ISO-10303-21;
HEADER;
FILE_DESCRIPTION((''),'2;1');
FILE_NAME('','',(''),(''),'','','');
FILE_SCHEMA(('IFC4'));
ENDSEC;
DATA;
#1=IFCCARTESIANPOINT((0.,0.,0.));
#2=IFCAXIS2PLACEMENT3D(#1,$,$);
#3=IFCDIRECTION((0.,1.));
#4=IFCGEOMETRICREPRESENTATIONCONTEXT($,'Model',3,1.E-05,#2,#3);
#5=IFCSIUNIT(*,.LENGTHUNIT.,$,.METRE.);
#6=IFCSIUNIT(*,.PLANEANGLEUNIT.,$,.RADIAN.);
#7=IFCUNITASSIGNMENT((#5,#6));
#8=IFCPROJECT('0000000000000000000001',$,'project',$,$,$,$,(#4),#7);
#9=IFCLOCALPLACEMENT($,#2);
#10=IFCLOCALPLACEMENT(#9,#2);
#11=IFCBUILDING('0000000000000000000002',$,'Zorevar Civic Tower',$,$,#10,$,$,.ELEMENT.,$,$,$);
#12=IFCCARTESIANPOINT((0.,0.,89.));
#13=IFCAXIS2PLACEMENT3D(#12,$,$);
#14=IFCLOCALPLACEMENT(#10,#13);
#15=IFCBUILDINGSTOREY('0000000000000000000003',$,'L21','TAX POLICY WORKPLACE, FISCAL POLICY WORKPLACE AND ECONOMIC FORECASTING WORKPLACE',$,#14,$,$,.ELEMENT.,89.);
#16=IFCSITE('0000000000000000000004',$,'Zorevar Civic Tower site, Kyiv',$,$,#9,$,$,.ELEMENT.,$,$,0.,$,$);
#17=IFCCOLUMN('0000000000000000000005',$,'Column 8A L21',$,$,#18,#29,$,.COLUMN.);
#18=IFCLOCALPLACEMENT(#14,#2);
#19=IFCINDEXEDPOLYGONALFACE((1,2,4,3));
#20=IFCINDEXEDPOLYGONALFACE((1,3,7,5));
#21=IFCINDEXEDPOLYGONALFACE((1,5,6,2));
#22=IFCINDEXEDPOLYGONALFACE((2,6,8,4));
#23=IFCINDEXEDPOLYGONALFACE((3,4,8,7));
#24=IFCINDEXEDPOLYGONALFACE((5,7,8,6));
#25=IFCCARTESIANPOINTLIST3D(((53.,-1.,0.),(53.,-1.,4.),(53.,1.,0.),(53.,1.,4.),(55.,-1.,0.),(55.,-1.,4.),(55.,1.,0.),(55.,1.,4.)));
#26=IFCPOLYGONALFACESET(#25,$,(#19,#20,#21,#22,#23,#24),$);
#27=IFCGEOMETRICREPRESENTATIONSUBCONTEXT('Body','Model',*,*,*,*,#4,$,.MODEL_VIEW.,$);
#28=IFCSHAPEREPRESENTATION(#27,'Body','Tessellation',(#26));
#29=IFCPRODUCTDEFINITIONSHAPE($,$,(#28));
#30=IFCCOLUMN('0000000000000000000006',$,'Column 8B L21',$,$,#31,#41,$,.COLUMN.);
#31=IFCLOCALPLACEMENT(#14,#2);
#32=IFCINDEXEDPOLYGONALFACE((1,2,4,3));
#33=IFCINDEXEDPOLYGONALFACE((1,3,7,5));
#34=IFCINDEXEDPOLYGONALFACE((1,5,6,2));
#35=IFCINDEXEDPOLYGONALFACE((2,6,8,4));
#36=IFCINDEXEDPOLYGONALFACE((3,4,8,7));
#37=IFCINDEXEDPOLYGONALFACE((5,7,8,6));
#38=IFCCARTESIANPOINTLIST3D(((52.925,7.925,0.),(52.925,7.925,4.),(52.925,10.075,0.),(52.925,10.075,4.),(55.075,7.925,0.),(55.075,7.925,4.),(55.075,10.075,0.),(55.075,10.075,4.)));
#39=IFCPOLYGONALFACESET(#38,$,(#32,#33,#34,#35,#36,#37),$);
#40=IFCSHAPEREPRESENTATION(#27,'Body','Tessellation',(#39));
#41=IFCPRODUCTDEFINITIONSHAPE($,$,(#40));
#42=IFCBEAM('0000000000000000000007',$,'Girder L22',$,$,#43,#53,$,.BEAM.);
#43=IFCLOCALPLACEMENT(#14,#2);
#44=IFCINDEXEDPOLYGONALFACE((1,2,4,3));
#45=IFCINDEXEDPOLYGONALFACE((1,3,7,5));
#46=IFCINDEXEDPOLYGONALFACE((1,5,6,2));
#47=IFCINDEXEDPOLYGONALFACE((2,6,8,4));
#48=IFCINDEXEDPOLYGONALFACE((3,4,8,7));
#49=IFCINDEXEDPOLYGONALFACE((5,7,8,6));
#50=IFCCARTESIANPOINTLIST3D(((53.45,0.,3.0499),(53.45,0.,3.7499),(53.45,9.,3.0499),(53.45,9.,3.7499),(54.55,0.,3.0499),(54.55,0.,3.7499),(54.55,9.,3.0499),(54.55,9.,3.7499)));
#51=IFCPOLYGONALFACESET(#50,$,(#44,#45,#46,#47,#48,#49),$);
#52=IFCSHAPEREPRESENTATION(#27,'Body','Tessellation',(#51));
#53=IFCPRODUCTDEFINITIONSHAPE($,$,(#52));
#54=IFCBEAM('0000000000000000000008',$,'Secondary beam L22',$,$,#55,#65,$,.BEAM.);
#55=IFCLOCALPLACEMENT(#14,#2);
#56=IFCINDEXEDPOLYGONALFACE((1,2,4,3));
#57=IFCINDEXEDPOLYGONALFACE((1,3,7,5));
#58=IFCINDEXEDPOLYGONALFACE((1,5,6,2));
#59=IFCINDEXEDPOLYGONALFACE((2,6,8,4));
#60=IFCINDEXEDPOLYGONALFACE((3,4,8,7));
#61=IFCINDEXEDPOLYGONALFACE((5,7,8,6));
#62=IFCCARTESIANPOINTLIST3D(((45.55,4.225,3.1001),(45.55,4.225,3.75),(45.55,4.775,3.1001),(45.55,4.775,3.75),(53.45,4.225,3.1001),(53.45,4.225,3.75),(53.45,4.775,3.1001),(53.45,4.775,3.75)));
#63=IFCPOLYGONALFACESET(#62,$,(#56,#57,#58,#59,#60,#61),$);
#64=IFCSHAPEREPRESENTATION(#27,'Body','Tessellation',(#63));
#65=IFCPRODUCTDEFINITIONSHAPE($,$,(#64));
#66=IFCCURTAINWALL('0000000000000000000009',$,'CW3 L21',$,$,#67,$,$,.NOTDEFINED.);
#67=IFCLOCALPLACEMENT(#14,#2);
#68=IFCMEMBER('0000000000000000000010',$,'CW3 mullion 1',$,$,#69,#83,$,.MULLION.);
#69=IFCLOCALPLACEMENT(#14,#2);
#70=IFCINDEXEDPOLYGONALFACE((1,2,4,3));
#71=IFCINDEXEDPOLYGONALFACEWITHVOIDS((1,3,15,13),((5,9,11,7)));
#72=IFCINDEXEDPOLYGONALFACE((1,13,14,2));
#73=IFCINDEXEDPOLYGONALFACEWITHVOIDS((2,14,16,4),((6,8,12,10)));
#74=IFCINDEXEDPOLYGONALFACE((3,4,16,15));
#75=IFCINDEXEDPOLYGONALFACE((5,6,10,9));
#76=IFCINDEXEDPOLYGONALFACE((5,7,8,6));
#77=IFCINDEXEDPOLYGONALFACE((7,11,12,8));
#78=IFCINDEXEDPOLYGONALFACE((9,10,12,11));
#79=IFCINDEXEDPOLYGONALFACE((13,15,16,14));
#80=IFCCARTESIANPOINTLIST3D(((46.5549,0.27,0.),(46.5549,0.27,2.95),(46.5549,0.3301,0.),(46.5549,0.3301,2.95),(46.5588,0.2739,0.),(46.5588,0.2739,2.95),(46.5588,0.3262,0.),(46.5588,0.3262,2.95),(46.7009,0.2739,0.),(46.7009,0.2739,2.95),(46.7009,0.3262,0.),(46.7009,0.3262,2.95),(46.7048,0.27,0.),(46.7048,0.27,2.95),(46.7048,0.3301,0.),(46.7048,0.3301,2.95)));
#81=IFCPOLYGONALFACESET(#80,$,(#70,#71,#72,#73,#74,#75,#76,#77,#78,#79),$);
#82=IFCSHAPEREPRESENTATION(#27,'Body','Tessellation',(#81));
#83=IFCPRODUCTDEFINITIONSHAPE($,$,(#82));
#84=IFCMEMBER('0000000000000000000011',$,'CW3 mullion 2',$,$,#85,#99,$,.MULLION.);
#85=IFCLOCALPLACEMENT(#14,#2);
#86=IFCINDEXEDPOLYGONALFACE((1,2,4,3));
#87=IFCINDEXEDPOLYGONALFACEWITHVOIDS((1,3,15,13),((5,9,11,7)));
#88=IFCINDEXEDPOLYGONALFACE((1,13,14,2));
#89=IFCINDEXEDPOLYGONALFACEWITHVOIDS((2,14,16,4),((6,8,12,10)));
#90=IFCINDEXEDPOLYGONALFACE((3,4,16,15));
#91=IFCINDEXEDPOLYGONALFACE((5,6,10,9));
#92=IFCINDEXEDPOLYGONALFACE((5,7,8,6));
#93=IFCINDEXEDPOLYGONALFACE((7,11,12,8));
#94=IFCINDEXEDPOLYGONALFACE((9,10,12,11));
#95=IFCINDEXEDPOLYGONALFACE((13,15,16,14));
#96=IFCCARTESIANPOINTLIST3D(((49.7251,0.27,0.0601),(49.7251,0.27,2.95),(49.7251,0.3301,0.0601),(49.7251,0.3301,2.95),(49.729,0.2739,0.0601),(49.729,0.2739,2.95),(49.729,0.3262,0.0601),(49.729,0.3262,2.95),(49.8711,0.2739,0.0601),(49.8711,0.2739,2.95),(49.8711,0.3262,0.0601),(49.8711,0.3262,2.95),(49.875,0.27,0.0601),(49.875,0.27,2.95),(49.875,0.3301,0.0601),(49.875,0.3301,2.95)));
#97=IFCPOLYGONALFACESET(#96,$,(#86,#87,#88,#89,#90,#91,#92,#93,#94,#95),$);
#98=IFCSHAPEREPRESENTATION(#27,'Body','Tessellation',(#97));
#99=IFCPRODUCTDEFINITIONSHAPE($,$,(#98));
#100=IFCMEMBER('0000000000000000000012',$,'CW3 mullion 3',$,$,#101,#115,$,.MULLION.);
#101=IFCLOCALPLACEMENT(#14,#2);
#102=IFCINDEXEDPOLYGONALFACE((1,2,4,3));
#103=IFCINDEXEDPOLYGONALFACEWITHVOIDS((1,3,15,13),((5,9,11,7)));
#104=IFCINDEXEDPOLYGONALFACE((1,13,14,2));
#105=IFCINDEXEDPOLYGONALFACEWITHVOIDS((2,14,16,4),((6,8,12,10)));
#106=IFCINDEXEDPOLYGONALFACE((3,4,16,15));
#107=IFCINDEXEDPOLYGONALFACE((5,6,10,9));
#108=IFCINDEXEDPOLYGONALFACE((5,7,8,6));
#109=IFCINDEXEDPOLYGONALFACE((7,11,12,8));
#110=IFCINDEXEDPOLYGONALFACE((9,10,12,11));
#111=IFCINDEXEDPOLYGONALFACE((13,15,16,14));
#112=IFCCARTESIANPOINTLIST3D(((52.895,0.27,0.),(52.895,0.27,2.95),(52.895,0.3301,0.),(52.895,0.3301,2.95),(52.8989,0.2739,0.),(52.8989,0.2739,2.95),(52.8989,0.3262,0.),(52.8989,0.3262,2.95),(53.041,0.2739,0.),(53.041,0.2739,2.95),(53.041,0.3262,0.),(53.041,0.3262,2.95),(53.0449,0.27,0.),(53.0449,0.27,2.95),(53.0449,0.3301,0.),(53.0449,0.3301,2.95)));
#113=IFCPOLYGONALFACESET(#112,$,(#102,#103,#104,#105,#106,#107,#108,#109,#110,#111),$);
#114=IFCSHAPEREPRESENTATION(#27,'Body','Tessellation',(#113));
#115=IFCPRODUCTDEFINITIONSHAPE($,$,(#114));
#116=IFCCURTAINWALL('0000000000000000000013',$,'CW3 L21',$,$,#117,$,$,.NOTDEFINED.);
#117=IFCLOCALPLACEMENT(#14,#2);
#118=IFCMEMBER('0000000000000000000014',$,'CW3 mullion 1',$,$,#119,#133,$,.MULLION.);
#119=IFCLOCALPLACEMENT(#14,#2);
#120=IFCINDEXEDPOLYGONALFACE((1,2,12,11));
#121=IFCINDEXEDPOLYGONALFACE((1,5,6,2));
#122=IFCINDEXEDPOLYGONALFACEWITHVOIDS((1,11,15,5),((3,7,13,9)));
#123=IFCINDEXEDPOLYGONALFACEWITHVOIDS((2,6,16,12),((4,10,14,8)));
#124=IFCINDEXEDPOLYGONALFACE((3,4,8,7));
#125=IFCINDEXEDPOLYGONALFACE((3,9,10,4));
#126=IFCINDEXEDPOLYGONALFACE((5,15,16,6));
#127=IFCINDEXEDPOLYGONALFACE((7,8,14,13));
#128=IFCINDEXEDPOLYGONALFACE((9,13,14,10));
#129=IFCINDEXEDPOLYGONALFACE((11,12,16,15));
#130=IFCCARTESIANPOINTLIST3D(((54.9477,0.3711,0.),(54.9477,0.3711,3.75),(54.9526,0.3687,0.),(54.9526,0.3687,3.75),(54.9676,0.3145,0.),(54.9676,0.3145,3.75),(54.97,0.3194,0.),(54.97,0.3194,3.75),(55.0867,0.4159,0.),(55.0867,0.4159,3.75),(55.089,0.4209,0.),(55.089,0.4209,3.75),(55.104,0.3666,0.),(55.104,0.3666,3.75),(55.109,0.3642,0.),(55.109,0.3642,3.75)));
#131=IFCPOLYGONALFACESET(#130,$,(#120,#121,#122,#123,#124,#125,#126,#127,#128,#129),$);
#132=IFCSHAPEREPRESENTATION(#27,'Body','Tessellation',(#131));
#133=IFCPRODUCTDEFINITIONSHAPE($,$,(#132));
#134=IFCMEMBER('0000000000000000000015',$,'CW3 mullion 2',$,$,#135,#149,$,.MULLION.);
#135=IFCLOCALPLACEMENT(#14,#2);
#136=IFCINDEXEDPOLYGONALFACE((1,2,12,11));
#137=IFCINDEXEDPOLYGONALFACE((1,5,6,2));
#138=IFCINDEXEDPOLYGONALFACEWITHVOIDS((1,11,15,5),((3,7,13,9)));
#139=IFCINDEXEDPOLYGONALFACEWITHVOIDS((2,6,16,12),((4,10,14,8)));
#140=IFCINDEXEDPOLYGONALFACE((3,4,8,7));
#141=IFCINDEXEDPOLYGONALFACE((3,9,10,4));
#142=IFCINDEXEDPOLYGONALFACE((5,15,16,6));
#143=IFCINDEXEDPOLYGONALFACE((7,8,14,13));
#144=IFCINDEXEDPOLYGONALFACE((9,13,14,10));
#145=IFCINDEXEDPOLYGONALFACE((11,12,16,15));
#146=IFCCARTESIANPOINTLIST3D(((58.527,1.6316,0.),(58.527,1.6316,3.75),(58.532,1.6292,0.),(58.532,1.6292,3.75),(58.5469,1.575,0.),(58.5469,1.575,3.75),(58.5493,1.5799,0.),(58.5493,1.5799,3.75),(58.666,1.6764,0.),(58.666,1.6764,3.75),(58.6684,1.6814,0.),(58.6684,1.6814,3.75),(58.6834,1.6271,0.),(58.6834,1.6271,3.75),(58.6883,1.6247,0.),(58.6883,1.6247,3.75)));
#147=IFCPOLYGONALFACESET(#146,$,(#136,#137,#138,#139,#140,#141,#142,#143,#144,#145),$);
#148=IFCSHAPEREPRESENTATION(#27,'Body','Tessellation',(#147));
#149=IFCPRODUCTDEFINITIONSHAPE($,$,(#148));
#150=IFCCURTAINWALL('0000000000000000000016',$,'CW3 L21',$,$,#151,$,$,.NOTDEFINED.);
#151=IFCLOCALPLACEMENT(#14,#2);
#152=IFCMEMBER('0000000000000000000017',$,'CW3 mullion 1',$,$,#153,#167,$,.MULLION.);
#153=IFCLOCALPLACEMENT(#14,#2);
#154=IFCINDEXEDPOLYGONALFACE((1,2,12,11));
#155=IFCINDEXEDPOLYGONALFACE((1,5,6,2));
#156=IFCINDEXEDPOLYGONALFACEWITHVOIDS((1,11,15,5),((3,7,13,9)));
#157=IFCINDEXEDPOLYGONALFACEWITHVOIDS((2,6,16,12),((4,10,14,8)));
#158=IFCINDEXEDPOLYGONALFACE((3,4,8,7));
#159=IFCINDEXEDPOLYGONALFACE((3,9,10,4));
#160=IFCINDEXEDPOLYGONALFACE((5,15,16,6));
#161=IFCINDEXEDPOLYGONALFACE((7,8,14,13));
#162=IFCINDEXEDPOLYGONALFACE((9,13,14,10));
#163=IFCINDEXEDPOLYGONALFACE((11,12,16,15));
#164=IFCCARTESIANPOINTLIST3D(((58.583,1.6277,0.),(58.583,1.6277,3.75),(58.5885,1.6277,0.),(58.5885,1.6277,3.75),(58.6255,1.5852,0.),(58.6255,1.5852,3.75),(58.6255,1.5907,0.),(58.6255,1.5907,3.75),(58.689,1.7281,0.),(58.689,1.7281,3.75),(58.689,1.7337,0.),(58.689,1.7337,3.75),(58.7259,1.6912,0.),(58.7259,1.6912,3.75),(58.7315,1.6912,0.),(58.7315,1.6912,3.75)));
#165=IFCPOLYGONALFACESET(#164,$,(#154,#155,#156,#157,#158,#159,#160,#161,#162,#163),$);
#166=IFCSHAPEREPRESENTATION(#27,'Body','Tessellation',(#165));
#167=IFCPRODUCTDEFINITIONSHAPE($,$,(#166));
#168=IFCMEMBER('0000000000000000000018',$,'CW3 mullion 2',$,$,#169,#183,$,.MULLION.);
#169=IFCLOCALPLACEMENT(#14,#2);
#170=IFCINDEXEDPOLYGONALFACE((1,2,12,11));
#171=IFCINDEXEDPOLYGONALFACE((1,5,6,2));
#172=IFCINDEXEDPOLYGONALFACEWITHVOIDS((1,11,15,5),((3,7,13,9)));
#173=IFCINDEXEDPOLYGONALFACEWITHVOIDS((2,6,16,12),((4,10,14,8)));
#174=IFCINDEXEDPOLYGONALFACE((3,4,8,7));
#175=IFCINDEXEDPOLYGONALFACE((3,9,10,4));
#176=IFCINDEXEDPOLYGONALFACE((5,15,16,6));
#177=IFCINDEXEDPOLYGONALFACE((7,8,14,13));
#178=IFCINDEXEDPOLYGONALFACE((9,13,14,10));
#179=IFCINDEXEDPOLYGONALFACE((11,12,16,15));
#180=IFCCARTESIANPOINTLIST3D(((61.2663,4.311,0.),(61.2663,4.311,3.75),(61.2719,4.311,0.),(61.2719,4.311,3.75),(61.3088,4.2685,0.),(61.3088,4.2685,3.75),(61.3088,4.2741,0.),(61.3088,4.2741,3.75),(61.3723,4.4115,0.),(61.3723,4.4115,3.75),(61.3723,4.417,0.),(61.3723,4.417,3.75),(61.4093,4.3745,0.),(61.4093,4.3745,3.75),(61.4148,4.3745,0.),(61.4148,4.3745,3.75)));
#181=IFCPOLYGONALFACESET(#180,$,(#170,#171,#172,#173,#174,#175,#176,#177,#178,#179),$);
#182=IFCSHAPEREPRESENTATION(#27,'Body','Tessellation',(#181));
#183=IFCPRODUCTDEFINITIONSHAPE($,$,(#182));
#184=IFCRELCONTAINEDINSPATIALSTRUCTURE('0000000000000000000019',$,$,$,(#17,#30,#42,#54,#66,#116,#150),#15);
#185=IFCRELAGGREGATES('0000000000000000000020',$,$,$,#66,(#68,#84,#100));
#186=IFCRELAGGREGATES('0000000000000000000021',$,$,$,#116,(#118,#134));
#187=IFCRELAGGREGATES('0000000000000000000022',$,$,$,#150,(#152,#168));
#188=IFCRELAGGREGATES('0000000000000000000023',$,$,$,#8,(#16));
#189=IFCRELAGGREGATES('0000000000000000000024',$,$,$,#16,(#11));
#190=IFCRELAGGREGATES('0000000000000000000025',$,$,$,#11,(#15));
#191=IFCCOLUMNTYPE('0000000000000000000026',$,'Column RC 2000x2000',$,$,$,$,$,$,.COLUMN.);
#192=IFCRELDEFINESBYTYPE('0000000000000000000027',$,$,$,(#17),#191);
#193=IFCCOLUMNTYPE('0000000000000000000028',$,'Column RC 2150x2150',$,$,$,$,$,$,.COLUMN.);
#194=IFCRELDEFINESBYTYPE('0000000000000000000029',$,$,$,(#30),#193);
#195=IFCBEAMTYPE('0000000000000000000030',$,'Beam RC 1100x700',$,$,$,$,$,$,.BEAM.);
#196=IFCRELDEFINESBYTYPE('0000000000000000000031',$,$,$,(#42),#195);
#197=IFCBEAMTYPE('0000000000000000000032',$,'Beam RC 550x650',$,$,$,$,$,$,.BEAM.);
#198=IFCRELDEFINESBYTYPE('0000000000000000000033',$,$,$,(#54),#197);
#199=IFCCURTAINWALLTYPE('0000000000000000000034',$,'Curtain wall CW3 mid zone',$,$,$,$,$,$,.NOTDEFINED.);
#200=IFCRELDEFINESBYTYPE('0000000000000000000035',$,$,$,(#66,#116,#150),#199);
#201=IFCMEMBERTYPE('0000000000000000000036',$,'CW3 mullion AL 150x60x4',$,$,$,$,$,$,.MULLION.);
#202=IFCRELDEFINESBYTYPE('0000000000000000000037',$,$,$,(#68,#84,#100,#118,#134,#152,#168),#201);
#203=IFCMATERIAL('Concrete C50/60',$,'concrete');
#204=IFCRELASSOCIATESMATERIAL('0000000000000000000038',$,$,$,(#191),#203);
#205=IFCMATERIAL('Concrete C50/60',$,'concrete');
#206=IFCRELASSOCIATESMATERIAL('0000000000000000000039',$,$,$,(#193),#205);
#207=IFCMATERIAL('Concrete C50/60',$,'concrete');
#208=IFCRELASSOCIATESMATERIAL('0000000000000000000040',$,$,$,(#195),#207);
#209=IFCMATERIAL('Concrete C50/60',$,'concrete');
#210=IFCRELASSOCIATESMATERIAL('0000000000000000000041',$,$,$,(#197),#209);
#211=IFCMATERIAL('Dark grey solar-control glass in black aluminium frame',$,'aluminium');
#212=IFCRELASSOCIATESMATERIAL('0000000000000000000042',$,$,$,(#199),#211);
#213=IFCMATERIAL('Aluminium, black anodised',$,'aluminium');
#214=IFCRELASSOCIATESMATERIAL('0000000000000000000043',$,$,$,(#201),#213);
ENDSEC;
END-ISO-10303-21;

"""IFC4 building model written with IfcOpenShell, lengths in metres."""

from ifc_helpers import new_model, si_unit, direction, frame, origin, origin_2d, place, context, subcontext, project, spatial, rectangle, hollow_rectangle, extrude, material, material_profile, profile_set, type_object, element, aggregate, save


model = new_model("IFC4")

# Units and contexts
model_context = context("Model", 3, precision=1e-05, world=origin(), true_north=direction((0.0, 1.0)))
body_context = subcontext(model_context, "Body", "Model", "MODEL_VIEW")
ifc_project = project(units=[si_unit("LENGTHUNIT", "METRE"), si_unit("PLANEANGLEUNIT", "RADIAN")], contexts=[model_context])

# Site, building, storey
site_placement = place(None, origin())
site = spatial("IfcSite", under=ifc_project, at=site_placement, Name="Zorevar Civic Tower site, Kyiv", CompositionType="ELEMENT", RefElevation=0.0)
building_placement = place(site_placement, origin())
building = spatial("IfcBuilding", under=site, at=building_placement, Name="Zorevar Civic Tower", CompositionType="ELEMENT")
storey_placement = place(building_placement, frame((0.0, 0.0, 89.0)))
storey = spatial("IfcBuildingStorey", under=building, at=storey_placement, Name="L21", Description="TAX POLICY WORKPLACE, FISCAL POLICY WORKPLACE AND ECONOMIC FORECASTING WORKPLACE", CompositionType="ELEMENT", Elevation=89.0)

# Columns
ifc_material_1 = material(Name="Concrete C50/60", Category="concrete")
ifc_material_profile_1 = material_profile(ifc_material_1, rectangle(XDim=2.0, YDim=2.0, at=origin_2d()), Name="RC 2000x2000")
ifc_profile_set_1 = profile_set([ifc_material_profile_1], Name="Concrete C50/60")
column_type_1 = type_object("IfcColumnType", Name="Column RC 2000x2000", PredefinedType="COLUMN", material=ifc_profile_set_1)
column_1_placement = place(storey_placement, frame((54.0, 0.0, 0.0), z_axis=(0.0, 0.0, 1.0), x_axis=(1.0, 0.0, 0.0)))
element("IfcColumn", 1, at=column_1_placement, inside=storey, type_object=column_type_1, Name="Column 8A L21", PredefinedType="COLUMN", context=body_context, shape_type="SweptSolid", body=[
    extrude(rectangle(XDim=2.0, YDim=2.0, at=origin_2d()), origin(), (0.0, 0.0, 1.0), 4.0),
])
ifc_material_2 = material(Name="Concrete C50/60", Category="concrete")
ifc_material_profile_2 = material_profile(ifc_material_2, rectangle(XDim=2.1499, YDim=2.1499, at=origin_2d()), Name="RC 2150x2150")
ifc_profile_set_2 = profile_set([ifc_material_profile_2], Name="Concrete C50/60")
column_type_2 = type_object("IfcColumnType", Name="Column RC 2150x2150", PredefinedType="COLUMN", material=ifc_profile_set_2)
column_2_placement = place(storey_placement, frame((54.0, 9.0, 0.0), z_axis=(0.0, 0.0, 1.0), x_axis=(1.0, 0.0, 0.0)))
element("IfcColumn", 2, at=column_2_placement, inside=storey, type_object=column_type_2, Name="Column 8B L21", PredefinedType="COLUMN", context=body_context, shape_type="SweptSolid", body=[
    extrude(rectangle(XDim=2.1499, YDim=2.1499, at=origin_2d()), origin(), (0.0, 0.0, 1.0), 4.0),
])

# Beams
ifc_material_3 = material(Name="Concrete C50/60", Category="concrete")
ifc_material_profile_3 = material_profile(ifc_material_3, rectangle(XDim=1.1001, YDim=0.7, at=origin_2d()), Name="RC 1100x700")
ifc_profile_set_3 = profile_set([ifc_material_profile_3], Name="Concrete C50/60")
beam_type_1 = type_object("IfcBeamType", Name="Beam RC 1100x700", PredefinedType="BEAM", material=ifc_profile_set_3)
beam_1_placement = place(storey_placement, frame((54.0, 0.0, 3.3999), z_axis=(0.0, 1.0, 0.0), x_axis=(-1.0, 0.0, 0.0)))
element("IfcBeam", 3, at=beam_1_placement, inside=storey, type_object=beam_type_1, Name="Girder L22", PredefinedType="BEAM", context=body_context, shape_type="SweptSolid", body=[
    extrude(rectangle(XDim=1.1001, YDim=0.7, at=origin_2d()), origin(), (0.0, 0.0, 1.0), 9.0),
])
ifc_material_4 = material(Name="Concrete C50/60", Category="concrete")
ifc_material_profile_4 = material_profile(ifc_material_4, rectangle(XDim=0.55, YDim=0.6499, at=origin_2d()), Name="RC 550x650")
ifc_profile_set_4 = profile_set([ifc_material_profile_4], Name="Concrete C50/60")
beam_type_2 = type_object("IfcBeamType", Name="Beam RC 550x650", PredefinedType="BEAM", material=ifc_profile_set_4)
beam_2_placement = place(storey_placement, frame((45.55, 4.5, 3.425), z_axis=(1.0, 0.0, 0.0), x_axis=(0.0, 1.0, 0.0)))
element("IfcBeam", 4, at=beam_2_placement, inside=storey, type_object=beam_type_2, Name="Secondary beam L22", PredefinedType="BEAM", context=body_context, shape_type="SweptSolid", body=[
    extrude(rectangle(XDim=0.55, YDim=0.6499, at=origin_2d()), origin(), (0.0, 0.0, 1.0), 7.8999),
])

# Curtain walls, members
ifc_material_5 = material(Name="Dark grey solar-control glass in black aluminium frame", Category="aluminium")
curtain_wall_type = type_object("IfcCurtainWallType", Name="Curtain wall CW3 mid zone", PredefinedType="NOTDEFINED", material=ifc_material_5)
curtain_wall_1_placement = place(storey_placement, origin())
curtain_wall_1 = element("IfcCurtainWall", 5, at=curtain_wall_1_placement, inside=storey, type_object=curtain_wall_type, Name="CW3 L21", PredefinedType="NOTDEFINED")
ifc_material_6 = material(Name="Aluminium, black anodised", Category="aluminium")
ifc_material_profile_5 = material_profile(ifc_material_6, hollow_rectangle(XDim=0.0601, YDim=0.1499, WallThickness=0.0039, at=origin_2d()), Name="AL 150x60x4")
ifc_profile_set_5 = profile_set([ifc_material_profile_5], Name="Aluminium, black anodised")
member_type_1 = type_object("IfcMemberType", Name="CW3 mullion AL 150x60x4", PredefinedType="MULLION", material=ifc_profile_set_5)
member_1_placement = place(storey_placement, frame((46.6299, 0.3, 0.0), z_axis=(0.0, 0.0, 1.0), x_axis=(0.0, 1.0, 0.0)))
member_1 = element("IfcMember", 6, at=member_1_placement, type_object=member_type_1, Name="CW3 mullion 1", PredefinedType="MULLION", context=body_context, shape_type="SweptSolid", body=[
    extrude(hollow_rectangle(XDim=0.0601, YDim=0.1499, WallThickness=0.0039, at=origin_2d()), origin(), (0.0, 0.0, 1.0), 2.95),
])
member_2_placement = place(storey_placement, frame((49.8, 0.3, 0.0601), z_axis=(0.0, 0.0, 1.0), x_axis=(0.0, 1.0, 0.0)))
member_2 = element("IfcMember", 7, at=member_2_placement, type_object=member_type_1, Name="CW3 mullion 2", PredefinedType="MULLION", context=body_context, shape_type="SweptSolid", body=[
    extrude(hollow_rectangle(XDim=0.0601, YDim=0.1499, WallThickness=0.0039, at=origin_2d()), origin(), (0.0, 0.0, 1.0), 2.8899),
])
member_3_placement = place(storey_placement, frame((52.97, 0.3, 0.0), z_axis=(0.0, 0.0, 1.0), x_axis=(0.0, 1.0, 0.0)))
member_3 = element("IfcMember", 8, at=member_3_placement, type_object=member_type_1, Name="CW3 mullion 3", PredefinedType="MULLION", context=body_context, shape_type="SweptSolid", body=[
    extrude(hollow_rectangle(XDim=0.0601, YDim=0.1499, WallThickness=0.0039, at=origin_2d()), origin(), (0.0, 0.0, 1.0), 2.95),
])
curtain_wall_2_placement = place(storey_placement, origin())
curtain_wall_2 = element("IfcCurtainWall", 9, at=curtain_wall_2_placement, inside=storey, type_object=curtain_wall_type, Name="CW3 L21", PredefinedType="NOTDEFINED")
member_4_placement = place(storey_placement, frame((55.0283, 0.3677, 0.0), z_axis=(0.0, 0.0, 1.0), x_axis=(-0.332171, 0.943219, 0.0)))
member_4 = element("IfcMember", 10, at=member_4_placement, type_object=member_type_1, Name="CW3 mullion 1", PredefinedType="MULLION", context=body_context, shape_type="SweptSolid", body=[
    extrude(hollow_rectangle(XDim=0.0601, YDim=0.1499, WallThickness=0.0039, at=origin_2d()), origin(), (0.0, 0.0, 1.0), 3.75),
])
member_5_placement = place(storey_placement, frame((58.6077, 1.6282, 0.0), z_axis=(0.0, 0.0, 1.0), x_axis=(-0.332171, 0.943219, 0.0)))
member_5 = element("IfcMember", 11, at=member_5_placement, type_object=member_type_1, Name="CW3 mullion 2", PredefinedType="MULLION", context=body_context, shape_type="SweptSolid", body=[
    extrude(hollow_rectangle(XDim=0.0601, YDim=0.1499, WallThickness=0.0039, at=origin_2d()), origin(), (0.0, 0.0, 1.0), 3.75),
])
curtain_wall_3_placement = place(storey_placement, origin())
curtain_wall_3 = element("IfcCurtainWall", 12, at=curtain_wall_3_placement, inside=storey, type_object=curtain_wall_type, Name="CW3 L21", PredefinedType="NOTDEFINED")
member_6_placement = place(storey_placement, frame((58.6572, 1.6594, 0.0), z_axis=(0.0, 0.0, 1.0), x_axis=(-0.707107, 0.707107, 0.0)))
member_6 = element("IfcMember", 13, at=member_6_placement, type_object=member_type_1, Name="CW3 mullion 1", PredefinedType="MULLION", context=body_context, shape_type="SweptSolid", body=[
    extrude(hollow_rectangle(XDim=0.0601, YDim=0.1499, WallThickness=0.0039, at=origin_2d()), origin(), (0.0, 0.0, 1.0), 3.75),
])
member_7_placement = place(storey_placement, frame((61.3406, 4.3428, 0.0), z_axis=(0.0, 0.0, 1.0), x_axis=(-0.707107, 0.707107, 0.0)))
member_7 = element("IfcMember", 14, at=member_7_placement, type_object=member_type_1, Name="CW3 mullion 2", PredefinedType="MULLION", context=body_context, shape_type="SweptSolid", body=[
    extrude(hollow_rectangle(XDim=0.0601, YDim=0.1499, WallThickness=0.0039, at=origin_2d()), origin(), (0.0, 0.0, 1.0), 3.75),
])

aggregate(curtain_wall_1, [member_1, member_2, member_3])
aggregate(curtain_wall_2, [member_4, member_5])
aggregate(curtain_wall_3, [member_6, member_7])

save(model, "model.ifc")
